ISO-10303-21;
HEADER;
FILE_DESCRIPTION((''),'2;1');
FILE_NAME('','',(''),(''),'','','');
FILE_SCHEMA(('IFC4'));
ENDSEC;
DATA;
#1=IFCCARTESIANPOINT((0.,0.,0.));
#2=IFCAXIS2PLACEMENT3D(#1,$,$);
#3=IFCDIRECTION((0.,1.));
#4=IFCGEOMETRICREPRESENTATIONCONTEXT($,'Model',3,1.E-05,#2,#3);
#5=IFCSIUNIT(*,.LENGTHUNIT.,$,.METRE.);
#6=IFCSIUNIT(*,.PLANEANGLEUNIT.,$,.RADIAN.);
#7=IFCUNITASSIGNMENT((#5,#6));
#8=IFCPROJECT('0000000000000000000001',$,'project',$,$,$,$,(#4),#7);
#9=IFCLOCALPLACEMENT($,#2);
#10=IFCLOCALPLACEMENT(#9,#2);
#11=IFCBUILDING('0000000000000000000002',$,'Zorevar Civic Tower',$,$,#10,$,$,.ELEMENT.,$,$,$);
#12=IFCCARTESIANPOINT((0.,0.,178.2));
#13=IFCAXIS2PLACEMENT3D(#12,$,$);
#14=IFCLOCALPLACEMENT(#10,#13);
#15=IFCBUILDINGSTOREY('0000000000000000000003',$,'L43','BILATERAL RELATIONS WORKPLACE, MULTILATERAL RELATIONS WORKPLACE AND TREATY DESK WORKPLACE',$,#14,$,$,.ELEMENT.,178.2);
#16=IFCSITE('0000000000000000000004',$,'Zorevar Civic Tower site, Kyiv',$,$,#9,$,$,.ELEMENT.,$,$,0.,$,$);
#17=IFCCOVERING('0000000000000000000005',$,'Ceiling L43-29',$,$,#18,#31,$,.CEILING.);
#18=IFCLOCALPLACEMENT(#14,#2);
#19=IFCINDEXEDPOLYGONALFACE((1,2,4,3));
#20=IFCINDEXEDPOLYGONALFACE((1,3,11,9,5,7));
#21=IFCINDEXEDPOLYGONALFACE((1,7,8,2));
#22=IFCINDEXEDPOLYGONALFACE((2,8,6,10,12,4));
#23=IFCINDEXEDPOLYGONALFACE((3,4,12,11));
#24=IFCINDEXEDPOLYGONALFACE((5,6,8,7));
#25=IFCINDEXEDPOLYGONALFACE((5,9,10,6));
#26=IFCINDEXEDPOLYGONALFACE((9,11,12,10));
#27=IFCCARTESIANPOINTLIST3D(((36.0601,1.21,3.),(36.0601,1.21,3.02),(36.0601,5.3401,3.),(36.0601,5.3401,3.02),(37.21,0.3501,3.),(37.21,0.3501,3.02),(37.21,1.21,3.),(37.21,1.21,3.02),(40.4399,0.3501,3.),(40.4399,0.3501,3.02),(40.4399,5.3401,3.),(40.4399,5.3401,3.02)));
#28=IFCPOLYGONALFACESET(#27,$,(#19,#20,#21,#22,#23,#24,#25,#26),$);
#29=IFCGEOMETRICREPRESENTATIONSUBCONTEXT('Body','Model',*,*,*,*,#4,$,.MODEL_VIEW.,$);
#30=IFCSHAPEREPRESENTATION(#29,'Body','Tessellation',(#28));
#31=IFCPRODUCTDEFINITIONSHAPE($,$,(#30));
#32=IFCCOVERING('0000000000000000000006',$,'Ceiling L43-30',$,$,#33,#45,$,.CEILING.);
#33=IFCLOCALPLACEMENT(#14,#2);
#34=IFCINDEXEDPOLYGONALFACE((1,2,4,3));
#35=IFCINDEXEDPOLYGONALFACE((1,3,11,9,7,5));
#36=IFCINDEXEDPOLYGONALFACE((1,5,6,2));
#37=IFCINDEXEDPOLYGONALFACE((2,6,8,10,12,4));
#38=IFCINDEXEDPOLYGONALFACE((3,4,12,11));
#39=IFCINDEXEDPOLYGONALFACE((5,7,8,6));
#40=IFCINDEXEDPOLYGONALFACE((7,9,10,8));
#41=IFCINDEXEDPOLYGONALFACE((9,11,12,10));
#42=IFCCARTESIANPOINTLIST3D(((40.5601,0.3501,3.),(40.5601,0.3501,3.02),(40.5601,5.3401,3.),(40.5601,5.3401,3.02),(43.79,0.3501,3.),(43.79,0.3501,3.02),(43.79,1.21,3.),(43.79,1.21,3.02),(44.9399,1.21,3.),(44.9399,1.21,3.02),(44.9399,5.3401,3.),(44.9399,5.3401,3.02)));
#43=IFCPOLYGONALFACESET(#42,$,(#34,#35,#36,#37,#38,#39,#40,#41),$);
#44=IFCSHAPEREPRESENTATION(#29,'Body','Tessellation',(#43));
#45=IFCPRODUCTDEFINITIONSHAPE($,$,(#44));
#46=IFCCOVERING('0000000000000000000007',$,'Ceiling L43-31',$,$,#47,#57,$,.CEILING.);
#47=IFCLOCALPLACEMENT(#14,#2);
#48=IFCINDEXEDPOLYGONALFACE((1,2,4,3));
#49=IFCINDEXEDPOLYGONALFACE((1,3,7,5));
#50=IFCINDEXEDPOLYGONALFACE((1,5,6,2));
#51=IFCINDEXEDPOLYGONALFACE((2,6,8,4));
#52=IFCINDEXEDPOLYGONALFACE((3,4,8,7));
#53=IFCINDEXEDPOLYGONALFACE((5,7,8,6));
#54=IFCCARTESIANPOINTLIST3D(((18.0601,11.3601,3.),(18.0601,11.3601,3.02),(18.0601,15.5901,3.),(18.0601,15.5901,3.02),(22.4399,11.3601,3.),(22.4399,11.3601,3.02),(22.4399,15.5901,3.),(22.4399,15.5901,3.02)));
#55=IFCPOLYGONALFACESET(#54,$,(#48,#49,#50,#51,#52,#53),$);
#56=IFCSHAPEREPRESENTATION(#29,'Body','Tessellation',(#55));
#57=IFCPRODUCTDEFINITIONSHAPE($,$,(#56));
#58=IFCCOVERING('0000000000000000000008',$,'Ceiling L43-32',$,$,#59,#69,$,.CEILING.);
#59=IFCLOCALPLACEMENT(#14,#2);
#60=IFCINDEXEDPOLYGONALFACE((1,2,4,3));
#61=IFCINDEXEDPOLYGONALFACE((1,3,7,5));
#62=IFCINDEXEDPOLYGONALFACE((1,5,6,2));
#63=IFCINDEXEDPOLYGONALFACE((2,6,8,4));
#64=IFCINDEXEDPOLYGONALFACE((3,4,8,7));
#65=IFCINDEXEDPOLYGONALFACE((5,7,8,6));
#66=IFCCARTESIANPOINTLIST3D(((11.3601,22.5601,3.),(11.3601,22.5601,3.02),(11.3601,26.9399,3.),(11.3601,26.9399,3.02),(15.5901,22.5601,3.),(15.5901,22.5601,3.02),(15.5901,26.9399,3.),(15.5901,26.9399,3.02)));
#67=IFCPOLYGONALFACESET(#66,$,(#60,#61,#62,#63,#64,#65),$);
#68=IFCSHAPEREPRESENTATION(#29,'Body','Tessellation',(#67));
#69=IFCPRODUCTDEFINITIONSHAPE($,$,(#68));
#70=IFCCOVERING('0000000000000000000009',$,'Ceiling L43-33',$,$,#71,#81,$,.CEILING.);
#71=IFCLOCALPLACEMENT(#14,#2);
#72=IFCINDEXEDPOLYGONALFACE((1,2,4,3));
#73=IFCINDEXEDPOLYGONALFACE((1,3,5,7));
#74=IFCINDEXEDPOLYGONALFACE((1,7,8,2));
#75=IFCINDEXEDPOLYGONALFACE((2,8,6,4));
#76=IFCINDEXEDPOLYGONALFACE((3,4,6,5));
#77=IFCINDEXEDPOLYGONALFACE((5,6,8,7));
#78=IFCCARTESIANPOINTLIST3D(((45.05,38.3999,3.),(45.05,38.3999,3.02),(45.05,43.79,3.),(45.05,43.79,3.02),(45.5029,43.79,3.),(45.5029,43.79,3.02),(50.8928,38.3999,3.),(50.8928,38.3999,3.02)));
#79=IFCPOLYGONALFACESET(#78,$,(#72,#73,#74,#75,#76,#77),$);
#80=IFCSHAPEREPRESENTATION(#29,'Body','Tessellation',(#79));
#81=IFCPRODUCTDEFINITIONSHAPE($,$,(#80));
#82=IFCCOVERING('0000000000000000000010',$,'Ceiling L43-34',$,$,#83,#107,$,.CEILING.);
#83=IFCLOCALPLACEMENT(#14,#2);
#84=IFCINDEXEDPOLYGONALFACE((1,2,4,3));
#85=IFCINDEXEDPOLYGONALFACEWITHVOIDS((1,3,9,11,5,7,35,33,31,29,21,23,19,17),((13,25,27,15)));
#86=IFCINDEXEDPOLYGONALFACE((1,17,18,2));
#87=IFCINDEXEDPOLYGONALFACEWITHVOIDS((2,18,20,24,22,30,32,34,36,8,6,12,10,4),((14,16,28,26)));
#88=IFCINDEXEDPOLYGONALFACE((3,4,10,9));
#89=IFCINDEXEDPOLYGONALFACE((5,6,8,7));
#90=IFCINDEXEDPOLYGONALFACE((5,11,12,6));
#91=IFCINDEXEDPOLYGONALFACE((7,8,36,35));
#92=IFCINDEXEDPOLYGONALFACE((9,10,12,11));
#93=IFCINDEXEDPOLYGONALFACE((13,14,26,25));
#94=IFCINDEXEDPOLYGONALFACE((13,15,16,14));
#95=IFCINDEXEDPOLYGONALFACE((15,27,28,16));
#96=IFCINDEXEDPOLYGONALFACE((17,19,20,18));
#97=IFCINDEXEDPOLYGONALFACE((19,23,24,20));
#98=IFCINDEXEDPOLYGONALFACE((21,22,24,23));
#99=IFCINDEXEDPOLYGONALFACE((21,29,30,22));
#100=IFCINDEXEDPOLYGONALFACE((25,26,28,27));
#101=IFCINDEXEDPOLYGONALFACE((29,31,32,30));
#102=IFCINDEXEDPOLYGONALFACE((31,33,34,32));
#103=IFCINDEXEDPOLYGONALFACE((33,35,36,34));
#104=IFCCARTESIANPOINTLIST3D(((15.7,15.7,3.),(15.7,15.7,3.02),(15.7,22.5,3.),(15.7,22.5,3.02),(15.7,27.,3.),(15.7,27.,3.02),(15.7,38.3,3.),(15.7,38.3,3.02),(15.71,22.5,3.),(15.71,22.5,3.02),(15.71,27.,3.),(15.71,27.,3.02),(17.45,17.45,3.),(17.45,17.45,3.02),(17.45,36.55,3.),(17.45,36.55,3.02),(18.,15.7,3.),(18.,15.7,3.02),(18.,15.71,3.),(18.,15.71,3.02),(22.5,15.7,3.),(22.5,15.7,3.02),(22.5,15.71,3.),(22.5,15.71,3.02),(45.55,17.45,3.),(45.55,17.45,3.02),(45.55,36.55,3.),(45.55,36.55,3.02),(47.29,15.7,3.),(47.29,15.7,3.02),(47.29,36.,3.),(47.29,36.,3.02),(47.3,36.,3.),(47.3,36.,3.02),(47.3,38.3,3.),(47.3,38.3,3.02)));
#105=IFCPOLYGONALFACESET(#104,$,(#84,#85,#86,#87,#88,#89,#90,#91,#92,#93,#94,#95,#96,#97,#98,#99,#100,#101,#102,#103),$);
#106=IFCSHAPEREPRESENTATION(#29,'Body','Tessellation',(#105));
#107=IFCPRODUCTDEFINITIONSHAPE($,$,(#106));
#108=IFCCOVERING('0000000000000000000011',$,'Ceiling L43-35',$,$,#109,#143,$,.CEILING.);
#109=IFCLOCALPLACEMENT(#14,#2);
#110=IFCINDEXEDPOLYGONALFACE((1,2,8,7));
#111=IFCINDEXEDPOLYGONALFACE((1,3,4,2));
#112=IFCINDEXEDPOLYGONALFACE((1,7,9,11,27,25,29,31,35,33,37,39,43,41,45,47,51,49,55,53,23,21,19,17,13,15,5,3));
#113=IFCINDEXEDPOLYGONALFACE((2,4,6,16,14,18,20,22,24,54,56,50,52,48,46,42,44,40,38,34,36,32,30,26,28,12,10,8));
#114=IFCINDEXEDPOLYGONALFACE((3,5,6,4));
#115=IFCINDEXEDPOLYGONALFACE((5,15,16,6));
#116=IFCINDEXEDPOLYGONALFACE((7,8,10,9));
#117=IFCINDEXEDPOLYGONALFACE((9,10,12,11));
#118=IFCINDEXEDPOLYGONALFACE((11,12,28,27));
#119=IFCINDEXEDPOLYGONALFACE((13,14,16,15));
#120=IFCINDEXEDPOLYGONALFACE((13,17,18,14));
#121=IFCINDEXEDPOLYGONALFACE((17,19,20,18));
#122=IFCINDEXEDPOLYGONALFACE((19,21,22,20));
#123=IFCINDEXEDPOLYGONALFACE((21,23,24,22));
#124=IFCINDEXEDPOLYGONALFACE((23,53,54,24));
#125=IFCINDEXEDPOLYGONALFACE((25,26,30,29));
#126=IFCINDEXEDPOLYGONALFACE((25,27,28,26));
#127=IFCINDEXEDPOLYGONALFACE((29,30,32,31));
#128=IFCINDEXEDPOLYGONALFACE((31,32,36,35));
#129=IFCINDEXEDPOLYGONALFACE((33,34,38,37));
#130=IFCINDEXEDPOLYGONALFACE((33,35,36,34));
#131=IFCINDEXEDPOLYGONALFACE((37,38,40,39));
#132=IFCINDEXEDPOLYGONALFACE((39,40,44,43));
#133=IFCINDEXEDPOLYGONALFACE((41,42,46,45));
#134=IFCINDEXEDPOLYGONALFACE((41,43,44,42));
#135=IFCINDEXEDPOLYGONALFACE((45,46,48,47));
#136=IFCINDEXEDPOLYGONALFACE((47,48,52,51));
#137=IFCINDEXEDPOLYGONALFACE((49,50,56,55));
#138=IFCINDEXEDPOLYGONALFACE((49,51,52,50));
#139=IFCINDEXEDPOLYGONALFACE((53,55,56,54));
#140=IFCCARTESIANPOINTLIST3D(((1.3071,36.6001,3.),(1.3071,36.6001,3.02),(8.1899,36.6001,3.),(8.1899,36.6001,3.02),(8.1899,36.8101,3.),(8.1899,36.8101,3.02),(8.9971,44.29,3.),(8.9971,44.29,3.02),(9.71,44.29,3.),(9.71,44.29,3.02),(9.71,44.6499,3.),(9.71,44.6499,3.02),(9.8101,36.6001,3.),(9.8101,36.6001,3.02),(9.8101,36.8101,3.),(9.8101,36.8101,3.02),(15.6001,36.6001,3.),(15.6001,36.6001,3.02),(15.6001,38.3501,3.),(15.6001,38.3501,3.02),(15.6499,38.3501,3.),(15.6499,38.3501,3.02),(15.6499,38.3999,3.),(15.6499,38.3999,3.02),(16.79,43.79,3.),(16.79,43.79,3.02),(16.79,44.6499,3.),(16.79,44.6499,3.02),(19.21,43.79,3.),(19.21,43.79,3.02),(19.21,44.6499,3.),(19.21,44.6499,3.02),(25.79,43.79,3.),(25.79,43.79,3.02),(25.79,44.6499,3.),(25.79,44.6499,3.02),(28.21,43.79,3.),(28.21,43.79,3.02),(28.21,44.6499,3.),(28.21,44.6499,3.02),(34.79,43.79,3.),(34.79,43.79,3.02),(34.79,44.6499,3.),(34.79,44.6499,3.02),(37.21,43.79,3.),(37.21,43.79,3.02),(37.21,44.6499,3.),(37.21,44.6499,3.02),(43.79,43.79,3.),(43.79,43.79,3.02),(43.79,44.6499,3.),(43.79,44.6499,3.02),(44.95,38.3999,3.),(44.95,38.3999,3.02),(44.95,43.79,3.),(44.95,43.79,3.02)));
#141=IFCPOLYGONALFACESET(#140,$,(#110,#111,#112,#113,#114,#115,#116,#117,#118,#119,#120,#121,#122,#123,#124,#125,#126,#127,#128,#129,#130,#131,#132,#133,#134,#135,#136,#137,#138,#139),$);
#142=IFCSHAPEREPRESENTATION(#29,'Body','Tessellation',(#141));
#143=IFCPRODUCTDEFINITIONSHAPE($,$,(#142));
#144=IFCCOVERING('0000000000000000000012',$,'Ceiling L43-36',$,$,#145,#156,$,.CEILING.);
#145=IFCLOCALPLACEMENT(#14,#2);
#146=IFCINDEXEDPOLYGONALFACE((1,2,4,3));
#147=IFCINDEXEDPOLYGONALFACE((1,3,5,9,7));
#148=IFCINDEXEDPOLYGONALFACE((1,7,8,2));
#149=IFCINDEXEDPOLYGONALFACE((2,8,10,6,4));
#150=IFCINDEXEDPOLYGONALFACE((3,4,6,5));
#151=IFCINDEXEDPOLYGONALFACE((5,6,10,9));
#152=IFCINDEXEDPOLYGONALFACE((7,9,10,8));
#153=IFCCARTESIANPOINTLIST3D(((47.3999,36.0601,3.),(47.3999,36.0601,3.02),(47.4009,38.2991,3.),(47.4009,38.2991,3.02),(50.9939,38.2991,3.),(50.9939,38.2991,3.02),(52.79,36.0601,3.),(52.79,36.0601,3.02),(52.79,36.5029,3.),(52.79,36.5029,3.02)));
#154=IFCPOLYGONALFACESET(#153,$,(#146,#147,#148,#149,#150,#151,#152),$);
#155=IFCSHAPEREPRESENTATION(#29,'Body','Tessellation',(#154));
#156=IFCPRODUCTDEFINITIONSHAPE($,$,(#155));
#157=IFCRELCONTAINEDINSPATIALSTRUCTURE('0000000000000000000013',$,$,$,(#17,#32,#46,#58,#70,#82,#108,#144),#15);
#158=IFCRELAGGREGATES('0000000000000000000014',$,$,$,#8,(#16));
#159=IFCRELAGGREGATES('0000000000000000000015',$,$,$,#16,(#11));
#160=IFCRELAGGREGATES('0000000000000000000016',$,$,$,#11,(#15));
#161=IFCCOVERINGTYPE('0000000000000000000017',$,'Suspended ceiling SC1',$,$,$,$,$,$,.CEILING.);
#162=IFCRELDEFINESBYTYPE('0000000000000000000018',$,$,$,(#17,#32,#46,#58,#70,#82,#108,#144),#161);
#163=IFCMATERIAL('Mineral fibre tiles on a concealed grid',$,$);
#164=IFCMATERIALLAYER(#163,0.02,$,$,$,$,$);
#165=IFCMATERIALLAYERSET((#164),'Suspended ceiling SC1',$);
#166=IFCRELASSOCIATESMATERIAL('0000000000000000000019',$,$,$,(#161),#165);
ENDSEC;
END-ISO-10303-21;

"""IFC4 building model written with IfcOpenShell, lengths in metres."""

from ifc_helpers import new_model, si_unit, direction, frame, origin, place, context, subcontext, project, spatial, polyline, outline, extrude, material, layer, layer_set, type_object, element, save


model = new_model("IFC4")

# Units and contexts
model_context = context("Model", 3, precision=1e-05, world=origin(), true_north=direction((0.0, 1.0)))
body_context = subcontext(model_context, "Body", "Model", "MODEL_VIEW")
ifc_project = project(units=[si_unit("LENGTHUNIT", "METRE"), si_unit("PLANEANGLEUNIT", "RADIAN")], contexts=[model_context])

# Site, building, storey
site_placement = place(None, origin())
site = spatial("IfcSite", under=ifc_project, at=site_placement, Name="Zorevar Civic Tower site, Kyiv", CompositionType="ELEMENT", RefElevation=0.0)
building_placement = place(site_placement, origin())
building = spatial("IfcBuilding", under=site, at=building_placement, Name="Zorevar Civic Tower", CompositionType="ELEMENT")
storey_placement = place(building_placement, frame((0.0, 0.0, 178.2)))
storey = spatial("IfcBuildingStorey", under=building, at=storey_placement, Name="L43", Description="BILATERAL RELATIONS WORKPLACE, MULTILATERAL RELATIONS WORKPLACE AND TREATY DESK WORKPLACE", CompositionType="ELEMENT", Elevation=178.2)

# Coverings
ifc_material_1 = material(Name="Mineral fibre tiles on a concealed grid")
ifc_layer_1 = layer(ifc_material_1, 0.02)
ifc_layer_set_1 = layer_set([ifc_layer_1], Name="Suspended ceiling SC1")
covering_type_1 = type_object("IfcCoveringType", Name="Suspended ceiling SC1", PredefinedType="CEILING", material=ifc_layer_set_1)
covering_1_placement = place(storey_placement, frame((0.0, 0.0, 3.0)))
element("IfcCovering", 1, at=covering_1_placement, inside=storey, type_object=covering_type_1, Name="Ceiling L43-29", PredefinedType="CEILING", context=body_context, shape_type="SweptSolid", body=[
    extrude(outline(polyline([(40.4399, 5.3401), (40.4399, 0.3501), (37.21, 0.3501), (37.21, 1.21), (36.0601, 1.21), (36.0601, 5.3401), (40.4399, 5.3401)])), origin(), (0.0, 0.0, 1.0), 0.02),
])
covering_2_placement = place(storey_placement, frame((0.0, 0.0, 3.0)))
element("IfcCovering", 2, at=covering_2_placement, inside=storey, type_object=covering_type_1, Name="Ceiling L43-30", PredefinedType="CEILING", context=body_context, shape_type="SweptSolid", body=[
    extrude(outline(polyline([(44.9399, 5.3401), (44.9399, 1.21), (43.79, 1.21), (43.79, 0.3501), (40.5601, 0.3501), (40.5601, 5.3401), (44.9399, 5.3401)])), origin(), (0.0, 0.0, 1.0), 0.02),
])
covering_3_placement = place(storey_placement, frame((0.0, 0.0, 3.0)))
element("IfcCovering", 3, at=covering_3_placement, inside=storey, type_object=covering_type_1, Name="Ceiling L43-31", PredefinedType="CEILING", context=body_context, shape_type="SweptSolid", body=[
    extrude(outline(polyline([(18.0601, 15.5901), (22.4399, 15.5901), (22.4399, 11.3601), (18.0601, 11.3601), (18.0601, 15.5901)])), origin(), (0.0, 0.0, 1.0), 0.02),
])
covering_4_placement = place(storey_placement, frame((0.0, 0.0, 3.0)))
element("IfcCovering", 4, at=covering_4_placement, inside=storey, type_object=covering_type_1, Name="Ceiling L43-32", PredefinedType="CEILING", context=body_context, shape_type="SweptSolid", body=[
    extrude(outline(polyline([(15.5901, 22.5601), (11.3601, 22.5601), (11.3601, 26.9399), (15.5901, 26.9399), (15.5901, 22.5601)])), origin(), (0.0, 0.0, 1.0), 0.02),
])
covering_5_placement = place(storey_placement, frame((0.0, 0.0, 3.0)))
element("IfcCovering", 5, at=covering_5_placement, inside=storey, type_object=covering_type_1, Name="Ceiling L43-33", PredefinedType="CEILING", context=body_context, shape_type="SweptSolid", body=[
    extrude(outline(polyline([(45.05, 38.3999), (45.05, 43.79), (45.5029, 43.79), (50.8928, 38.3999), (45.05, 38.3999)])), origin(), (0.0, 0.0, 1.0), 0.02),
])
covering_6_placement = place(storey_placement, frame((0.0, 0.0, 3.0)))
element("IfcCovering", 6, at=covering_6_placement, inside=storey, type_object=covering_type_1, Name="Ceiling L43-34", PredefinedType="CEILING", context=body_context, shape_type="SweptSolid", body=[
    extrude(outline(polyline([(15.7, 38.3), (47.3, 38.3), (47.3, 36.0), (47.29, 36.0), (47.29, 15.7), (22.5, 15.7), (22.5, 15.71), (18.0, 15.71), (18.0, 15.7), (15.7, 15.7), (15.7, 22.5), (15.71, 22.5), (15.71, 27.0), (15.7, 27.0), (15.7, 38.3)]), holes=[polyline([(17.45, 36.55), (17.45, 17.45), (45.55, 17.45), (45.55, 36.55), (17.45, 36.55)])]), origin(), (0.0, 0.0, 1.0), 0.02),
])
covering_7_placement = place(storey_placement, frame((0.0, 0.0, 3.0)))
element("IfcCovering", 7, at=covering_7_placement, inside=storey, type_object=covering_type_1, Name="Ceiling L43-35", PredefinedType="CEILING", context=body_context, shape_type="SweptSolid", body=[
    extrude(outline(polyline([(15.6499, 38.3999), (15.6499, 38.3501), (15.6001, 38.3501), (15.6001, 36.6001), (9.8101, 36.6001), (9.8101, 36.8101), (8.1899, 36.8101), (8.1899, 36.6001), (1.3071, 36.6001), (8.9971, 44.29), (9.71, 44.29), (9.71, 44.6499), (16.79, 44.6499), (16.79, 43.79), (19.21, 43.79), (19.21, 44.6499), (25.79, 44.6499), (25.79, 43.79), (28.21, 43.79), (28.21, 44.6499), (34.79, 44.6499), (34.79, 43.79), (37.21, 43.79), (37.21, 44.6499), (43.79, 44.6499), (43.79, 43.79), (44.95, 43.79), (44.95, 38.3999), (15.6499, 38.3999)])), origin(), (0.0, 0.0, 1.0), 0.02),
])
covering_8_placement = place(storey_placement, frame((0.0, 0.0, 3.0)))
element("IfcCovering", 8, at=covering_8_placement, inside=storey, type_object=covering_type_1, Name="Ceiling L43-36", PredefinedType="CEILING", context=body_context, shape_type="SweptSolid", body=[
    extrude(outline(polyline([(50.9939, 38.2991), (52.79, 36.5029), (52.79, 36.0601), (47.3999, 36.0601), (47.4009, 38.2991), (50.9939, 38.2991)])), origin(), (0.0, 0.0, 1.0), 0.02),
])

save(model, "model.ifc")
